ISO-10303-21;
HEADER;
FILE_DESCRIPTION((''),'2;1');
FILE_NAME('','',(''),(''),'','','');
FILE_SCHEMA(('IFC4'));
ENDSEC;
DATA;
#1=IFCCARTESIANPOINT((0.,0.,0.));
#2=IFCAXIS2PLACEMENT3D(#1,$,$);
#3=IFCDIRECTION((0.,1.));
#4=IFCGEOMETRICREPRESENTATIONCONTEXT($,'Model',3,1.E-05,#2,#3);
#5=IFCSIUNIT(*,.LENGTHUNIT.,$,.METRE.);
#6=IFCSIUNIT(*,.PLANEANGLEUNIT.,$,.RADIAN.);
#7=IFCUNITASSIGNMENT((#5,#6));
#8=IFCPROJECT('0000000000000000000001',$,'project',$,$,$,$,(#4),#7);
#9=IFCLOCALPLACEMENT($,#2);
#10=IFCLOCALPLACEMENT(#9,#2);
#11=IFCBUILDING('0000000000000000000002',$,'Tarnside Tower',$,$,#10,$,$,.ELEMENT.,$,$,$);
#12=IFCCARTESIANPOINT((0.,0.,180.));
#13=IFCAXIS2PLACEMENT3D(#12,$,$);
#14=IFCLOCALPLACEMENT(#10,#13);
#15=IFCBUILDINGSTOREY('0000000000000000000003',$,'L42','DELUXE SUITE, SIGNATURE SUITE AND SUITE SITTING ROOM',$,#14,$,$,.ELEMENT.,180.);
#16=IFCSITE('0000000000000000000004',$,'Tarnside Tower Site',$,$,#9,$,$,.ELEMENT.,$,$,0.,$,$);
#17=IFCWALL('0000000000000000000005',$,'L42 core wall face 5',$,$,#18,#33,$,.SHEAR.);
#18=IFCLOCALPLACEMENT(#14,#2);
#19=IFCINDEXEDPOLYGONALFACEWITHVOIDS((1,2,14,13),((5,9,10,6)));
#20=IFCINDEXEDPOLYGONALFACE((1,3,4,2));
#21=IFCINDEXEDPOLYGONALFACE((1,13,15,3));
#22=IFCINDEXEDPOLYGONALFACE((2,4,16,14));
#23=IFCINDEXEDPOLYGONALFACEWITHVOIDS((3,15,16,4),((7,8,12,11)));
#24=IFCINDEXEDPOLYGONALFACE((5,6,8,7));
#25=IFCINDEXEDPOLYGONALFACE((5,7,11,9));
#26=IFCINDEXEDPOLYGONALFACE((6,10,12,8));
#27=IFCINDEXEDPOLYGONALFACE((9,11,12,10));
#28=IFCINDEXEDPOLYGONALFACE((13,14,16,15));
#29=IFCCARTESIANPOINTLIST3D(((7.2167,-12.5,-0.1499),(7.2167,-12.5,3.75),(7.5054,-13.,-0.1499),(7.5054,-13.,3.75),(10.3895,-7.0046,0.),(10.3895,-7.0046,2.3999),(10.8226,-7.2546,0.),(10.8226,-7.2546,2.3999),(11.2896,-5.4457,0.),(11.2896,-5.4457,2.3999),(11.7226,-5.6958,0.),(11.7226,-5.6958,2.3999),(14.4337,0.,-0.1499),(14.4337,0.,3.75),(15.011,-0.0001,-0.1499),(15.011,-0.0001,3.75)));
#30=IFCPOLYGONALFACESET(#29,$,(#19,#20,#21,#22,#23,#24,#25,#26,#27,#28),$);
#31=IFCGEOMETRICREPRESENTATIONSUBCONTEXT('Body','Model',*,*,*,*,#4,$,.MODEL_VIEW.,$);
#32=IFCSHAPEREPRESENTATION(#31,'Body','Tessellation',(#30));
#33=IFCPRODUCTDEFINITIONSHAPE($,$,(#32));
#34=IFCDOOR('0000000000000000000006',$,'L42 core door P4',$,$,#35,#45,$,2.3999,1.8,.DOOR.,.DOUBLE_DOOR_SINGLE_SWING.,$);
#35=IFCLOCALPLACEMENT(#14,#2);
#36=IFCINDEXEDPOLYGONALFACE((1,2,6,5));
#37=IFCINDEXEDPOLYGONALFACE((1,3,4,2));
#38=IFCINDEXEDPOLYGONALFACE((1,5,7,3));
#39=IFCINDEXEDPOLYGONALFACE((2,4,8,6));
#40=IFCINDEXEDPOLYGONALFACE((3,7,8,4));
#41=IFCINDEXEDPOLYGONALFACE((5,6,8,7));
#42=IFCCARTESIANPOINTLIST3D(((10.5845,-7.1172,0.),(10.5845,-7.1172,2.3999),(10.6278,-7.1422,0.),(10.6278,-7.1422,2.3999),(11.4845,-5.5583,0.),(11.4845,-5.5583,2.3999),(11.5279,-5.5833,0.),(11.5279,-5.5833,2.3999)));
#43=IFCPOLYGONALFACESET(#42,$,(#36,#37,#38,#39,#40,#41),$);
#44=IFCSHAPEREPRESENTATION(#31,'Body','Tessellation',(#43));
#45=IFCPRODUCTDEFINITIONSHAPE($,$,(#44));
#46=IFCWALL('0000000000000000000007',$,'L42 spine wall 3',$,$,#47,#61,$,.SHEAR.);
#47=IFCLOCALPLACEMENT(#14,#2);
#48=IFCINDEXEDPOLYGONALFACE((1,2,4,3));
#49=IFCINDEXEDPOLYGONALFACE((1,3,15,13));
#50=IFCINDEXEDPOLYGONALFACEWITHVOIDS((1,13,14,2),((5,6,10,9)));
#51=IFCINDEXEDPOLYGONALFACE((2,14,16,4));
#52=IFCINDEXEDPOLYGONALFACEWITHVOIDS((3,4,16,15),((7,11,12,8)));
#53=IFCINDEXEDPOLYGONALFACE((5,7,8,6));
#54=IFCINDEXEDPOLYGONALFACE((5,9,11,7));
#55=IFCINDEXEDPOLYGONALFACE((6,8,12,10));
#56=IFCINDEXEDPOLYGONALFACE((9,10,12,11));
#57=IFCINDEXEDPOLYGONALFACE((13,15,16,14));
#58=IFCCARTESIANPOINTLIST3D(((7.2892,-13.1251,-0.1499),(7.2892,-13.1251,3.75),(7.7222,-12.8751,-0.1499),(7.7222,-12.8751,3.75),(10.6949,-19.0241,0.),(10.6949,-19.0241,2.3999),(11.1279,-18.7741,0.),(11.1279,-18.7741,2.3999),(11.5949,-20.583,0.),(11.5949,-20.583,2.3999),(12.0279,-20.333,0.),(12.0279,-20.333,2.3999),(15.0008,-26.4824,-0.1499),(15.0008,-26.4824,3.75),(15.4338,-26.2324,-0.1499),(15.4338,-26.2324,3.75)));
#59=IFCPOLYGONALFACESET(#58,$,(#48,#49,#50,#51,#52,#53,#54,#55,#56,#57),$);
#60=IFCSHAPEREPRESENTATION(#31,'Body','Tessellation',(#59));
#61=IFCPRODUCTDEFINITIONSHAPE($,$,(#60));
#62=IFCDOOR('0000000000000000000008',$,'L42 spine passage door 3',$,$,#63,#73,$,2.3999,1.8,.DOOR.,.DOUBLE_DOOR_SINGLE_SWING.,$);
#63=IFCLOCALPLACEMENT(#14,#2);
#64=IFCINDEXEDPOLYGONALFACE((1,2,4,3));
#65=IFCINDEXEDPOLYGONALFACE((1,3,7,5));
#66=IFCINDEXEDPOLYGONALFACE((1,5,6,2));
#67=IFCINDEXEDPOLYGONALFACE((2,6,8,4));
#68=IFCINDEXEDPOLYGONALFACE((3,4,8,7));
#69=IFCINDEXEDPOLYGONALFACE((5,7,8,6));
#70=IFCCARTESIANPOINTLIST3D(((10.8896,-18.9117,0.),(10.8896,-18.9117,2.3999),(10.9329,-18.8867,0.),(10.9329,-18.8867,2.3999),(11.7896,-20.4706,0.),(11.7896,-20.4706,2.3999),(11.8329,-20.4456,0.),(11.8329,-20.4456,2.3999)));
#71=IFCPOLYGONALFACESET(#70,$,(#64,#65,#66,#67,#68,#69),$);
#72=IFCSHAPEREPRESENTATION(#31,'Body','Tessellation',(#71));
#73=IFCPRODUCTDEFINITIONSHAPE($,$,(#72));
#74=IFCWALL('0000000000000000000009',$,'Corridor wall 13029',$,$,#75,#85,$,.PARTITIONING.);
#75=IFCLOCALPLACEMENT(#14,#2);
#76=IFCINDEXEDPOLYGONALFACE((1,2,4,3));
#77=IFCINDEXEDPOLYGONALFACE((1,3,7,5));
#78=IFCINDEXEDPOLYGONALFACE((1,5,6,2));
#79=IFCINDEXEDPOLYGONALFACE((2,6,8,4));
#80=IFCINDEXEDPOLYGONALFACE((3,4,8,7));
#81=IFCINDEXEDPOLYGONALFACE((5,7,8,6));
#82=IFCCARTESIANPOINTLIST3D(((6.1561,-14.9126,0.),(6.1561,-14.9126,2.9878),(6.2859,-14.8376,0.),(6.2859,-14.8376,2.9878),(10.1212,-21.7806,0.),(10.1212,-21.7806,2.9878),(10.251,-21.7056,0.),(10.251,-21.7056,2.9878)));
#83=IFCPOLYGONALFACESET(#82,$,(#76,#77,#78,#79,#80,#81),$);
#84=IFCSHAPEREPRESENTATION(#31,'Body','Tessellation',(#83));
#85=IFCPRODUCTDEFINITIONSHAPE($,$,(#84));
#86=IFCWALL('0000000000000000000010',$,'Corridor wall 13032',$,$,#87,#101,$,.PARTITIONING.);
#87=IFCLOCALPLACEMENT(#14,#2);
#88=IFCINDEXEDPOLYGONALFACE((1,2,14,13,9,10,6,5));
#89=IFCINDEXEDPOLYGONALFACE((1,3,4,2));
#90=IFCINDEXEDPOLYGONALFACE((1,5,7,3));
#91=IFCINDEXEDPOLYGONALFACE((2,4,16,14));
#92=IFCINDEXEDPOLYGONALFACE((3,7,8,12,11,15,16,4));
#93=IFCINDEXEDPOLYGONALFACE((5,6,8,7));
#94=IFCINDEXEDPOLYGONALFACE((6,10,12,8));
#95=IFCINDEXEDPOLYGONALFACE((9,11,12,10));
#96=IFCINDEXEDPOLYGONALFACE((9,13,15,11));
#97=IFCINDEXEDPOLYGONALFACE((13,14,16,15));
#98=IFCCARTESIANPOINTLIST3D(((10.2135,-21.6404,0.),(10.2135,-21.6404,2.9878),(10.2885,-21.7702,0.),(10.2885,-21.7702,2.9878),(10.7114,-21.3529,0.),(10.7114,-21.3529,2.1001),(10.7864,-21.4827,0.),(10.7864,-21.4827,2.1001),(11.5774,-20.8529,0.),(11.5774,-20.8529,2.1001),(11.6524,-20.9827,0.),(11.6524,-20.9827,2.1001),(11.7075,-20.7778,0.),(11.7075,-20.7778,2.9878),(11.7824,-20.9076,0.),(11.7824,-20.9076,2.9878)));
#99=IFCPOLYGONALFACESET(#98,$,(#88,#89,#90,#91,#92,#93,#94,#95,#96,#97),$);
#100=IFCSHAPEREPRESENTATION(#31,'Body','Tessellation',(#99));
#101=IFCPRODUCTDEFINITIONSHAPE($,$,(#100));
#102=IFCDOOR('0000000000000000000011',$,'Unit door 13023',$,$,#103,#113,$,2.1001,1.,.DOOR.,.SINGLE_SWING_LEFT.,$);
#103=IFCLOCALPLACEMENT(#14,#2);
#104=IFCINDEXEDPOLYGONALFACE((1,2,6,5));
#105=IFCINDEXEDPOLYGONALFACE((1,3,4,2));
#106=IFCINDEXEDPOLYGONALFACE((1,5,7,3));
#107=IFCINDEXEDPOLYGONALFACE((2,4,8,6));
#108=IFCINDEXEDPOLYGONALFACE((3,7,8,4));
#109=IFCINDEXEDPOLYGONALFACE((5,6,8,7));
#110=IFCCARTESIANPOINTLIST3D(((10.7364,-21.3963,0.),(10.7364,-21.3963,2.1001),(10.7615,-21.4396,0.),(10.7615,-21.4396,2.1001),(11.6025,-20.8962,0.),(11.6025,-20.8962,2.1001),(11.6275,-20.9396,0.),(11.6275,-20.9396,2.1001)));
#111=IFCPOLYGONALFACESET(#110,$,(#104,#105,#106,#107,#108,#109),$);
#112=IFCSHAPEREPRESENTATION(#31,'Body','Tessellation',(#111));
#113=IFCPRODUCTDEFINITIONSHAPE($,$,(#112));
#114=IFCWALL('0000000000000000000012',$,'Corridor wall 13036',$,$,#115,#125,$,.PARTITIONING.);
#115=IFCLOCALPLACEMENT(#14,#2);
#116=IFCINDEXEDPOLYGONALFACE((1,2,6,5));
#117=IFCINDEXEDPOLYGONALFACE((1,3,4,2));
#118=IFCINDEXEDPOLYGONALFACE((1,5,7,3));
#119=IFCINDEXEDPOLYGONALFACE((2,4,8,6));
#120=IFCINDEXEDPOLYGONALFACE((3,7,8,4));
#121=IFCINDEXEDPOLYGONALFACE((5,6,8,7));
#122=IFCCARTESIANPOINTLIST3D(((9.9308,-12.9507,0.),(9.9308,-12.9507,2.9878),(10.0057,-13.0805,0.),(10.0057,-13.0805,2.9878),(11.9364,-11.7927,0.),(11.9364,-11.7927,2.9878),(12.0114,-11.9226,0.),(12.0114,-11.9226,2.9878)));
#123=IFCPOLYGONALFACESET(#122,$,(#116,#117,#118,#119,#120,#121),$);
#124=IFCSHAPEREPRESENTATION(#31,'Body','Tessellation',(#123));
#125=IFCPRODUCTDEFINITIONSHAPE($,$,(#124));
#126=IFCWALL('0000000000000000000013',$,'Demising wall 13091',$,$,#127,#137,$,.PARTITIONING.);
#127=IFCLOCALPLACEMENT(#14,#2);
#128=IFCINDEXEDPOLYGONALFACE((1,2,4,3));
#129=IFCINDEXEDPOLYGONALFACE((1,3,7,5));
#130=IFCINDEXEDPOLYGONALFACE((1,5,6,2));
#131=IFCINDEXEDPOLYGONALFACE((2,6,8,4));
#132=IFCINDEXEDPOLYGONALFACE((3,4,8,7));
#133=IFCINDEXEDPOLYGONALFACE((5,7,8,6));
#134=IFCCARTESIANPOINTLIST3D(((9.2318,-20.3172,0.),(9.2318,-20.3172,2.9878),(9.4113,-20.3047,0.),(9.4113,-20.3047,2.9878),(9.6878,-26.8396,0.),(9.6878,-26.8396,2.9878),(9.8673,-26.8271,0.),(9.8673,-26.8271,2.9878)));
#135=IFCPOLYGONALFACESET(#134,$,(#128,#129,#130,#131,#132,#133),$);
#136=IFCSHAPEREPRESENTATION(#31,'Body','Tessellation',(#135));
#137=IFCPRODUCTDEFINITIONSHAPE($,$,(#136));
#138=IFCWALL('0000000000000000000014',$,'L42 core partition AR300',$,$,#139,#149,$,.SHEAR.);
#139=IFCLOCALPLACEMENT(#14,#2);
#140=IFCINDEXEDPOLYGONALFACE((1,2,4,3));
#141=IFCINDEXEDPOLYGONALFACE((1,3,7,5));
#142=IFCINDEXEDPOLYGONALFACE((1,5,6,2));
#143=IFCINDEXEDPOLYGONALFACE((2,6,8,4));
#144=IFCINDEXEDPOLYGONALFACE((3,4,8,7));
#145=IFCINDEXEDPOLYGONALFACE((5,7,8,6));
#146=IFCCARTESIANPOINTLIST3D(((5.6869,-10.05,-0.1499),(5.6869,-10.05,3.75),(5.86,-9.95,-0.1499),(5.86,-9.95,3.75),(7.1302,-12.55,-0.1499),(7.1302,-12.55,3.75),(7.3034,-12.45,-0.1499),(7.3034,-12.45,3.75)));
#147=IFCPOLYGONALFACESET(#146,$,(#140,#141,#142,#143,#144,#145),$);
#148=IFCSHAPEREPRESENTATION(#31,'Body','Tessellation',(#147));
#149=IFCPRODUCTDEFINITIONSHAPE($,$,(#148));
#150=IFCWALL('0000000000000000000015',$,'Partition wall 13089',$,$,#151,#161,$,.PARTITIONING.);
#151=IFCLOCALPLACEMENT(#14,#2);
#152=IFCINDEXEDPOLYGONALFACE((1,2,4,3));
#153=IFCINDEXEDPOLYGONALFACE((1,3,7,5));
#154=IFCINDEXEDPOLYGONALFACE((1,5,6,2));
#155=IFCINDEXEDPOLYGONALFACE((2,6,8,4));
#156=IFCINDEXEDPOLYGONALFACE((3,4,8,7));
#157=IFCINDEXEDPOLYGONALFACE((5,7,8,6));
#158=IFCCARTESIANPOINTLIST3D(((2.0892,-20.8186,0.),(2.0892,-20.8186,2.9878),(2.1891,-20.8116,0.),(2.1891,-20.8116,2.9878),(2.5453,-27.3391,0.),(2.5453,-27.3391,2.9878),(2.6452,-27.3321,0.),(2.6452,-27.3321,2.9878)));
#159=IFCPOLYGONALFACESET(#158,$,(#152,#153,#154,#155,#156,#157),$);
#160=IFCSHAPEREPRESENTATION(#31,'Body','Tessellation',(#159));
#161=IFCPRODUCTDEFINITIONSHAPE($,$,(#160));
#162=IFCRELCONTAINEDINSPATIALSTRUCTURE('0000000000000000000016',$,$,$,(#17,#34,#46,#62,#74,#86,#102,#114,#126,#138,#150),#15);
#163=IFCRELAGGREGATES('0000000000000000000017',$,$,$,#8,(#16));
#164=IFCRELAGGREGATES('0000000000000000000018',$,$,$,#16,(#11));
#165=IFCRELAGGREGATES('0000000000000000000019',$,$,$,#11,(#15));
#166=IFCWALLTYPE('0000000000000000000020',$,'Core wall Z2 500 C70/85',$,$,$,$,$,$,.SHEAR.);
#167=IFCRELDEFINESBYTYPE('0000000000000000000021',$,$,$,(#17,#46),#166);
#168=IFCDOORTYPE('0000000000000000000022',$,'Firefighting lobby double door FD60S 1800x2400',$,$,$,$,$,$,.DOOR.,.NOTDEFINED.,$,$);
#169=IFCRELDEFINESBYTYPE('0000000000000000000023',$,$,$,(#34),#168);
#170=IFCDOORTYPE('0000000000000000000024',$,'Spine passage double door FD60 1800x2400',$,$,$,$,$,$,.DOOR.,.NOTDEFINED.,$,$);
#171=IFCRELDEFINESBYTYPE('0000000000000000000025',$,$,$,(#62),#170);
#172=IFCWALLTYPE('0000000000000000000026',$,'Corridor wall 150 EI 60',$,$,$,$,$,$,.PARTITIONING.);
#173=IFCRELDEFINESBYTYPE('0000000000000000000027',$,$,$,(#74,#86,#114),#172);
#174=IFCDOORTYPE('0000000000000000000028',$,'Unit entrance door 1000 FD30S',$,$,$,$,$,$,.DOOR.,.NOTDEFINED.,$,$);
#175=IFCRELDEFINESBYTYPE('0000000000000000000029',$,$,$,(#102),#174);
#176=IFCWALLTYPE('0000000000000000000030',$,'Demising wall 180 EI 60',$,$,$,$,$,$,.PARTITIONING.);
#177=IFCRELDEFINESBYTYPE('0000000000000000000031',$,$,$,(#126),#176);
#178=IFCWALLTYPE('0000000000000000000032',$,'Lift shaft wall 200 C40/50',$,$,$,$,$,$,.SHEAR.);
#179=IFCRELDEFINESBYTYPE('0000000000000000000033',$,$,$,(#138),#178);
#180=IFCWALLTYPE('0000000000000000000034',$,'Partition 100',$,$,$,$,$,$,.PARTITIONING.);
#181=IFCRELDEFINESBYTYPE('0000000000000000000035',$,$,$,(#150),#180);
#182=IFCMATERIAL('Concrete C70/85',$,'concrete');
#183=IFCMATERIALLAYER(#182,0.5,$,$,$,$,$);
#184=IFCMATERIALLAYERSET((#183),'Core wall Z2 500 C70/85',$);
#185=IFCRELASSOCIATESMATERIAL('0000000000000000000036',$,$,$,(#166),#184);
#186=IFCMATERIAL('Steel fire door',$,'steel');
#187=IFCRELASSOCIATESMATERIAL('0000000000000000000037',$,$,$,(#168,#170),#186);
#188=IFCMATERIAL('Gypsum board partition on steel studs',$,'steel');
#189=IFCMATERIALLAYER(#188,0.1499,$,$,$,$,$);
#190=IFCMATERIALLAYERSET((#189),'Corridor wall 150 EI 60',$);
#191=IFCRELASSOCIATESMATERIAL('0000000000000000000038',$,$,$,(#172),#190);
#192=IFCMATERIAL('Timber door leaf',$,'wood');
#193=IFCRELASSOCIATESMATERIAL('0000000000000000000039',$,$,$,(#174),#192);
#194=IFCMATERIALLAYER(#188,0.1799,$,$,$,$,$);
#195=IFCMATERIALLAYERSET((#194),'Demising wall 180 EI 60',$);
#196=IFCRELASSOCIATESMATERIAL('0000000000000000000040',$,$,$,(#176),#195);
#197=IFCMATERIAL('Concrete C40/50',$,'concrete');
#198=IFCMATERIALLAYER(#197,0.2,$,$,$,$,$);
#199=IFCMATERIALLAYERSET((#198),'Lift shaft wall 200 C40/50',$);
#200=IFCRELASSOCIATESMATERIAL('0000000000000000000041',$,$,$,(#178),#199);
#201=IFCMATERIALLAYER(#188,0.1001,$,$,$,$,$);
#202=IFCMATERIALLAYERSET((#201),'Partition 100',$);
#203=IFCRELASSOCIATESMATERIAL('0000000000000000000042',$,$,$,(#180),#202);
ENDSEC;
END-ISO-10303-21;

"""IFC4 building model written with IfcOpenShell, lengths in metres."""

from ifc_helpers import new_model, si_unit, direction, frame, frame_2d, origin, place, context, subcontext, project, spatial, polyline, rectangle, outline, extrude, material, layer, layer_set, type_object, element, fill, save


model = new_model("IFC4")

# Units and contexts
model_context = context("Model", 3, precision=1e-05, world=origin(), true_north=direction((0.0, 1.0)))
body_context = subcontext(model_context, "Body", "Model", "MODEL_VIEW")
ifc_project = project(units=[si_unit("LENGTHUNIT", "METRE"), si_unit("PLANEANGLEUNIT", "RADIAN")], contexts=[model_context])

# Site, building, storey
site_placement = place(None, origin())
site = spatial("IfcSite", under=ifc_project, at=site_placement, Name="Tarnside Tower Site", CompositionType="ELEMENT", RefElevation=0.0)
building_placement = place(site_placement, origin())
building = spatial("IfcBuilding", under=site, at=building_placement, Name="Tarnside Tower", CompositionType="ELEMENT")
storey_placement = place(building_placement, frame((0.0, 0.0, 180.0)))
storey = spatial("IfcBuildingStorey", under=building, at=storey_placement, Name="L42", Description="DELUXE SUITE, SIGNATURE SUITE AND SUITE SITTING ROOM", CompositionType="ELEMENT", Elevation=180.0)

# Shared definitions
ifc_material_1 = material(Name="Gypsum board partition on steel studs", Category="steel")
ifc_material_2 = material(Name="Timber door leaf", Category="wood")

# Walls, openings, doors
ifc_material_3 = material(Name="Concrete C70/85", Category="concrete")
ifc_layer_1 = layer(ifc_material_3, 0.5)
ifc_layer_set_1 = layer_set([ifc_layer_1], Name="Core wall Z2 500 C70/85")
wall_type_1 = type_object("IfcWallType", Name="Core wall Z2 500 C70/85", PredefinedType="SHEAR", material=ifc_layer_set_1)
wall_1_placement = place(storey_placement, frame((7.3611, -12.75, -0.1499), z_axis=(0.0, 0.0, 1.0), x_axis=(0.500006, 0.866022, 0.0)))
wall_1 = element("IfcWall", 1, at=wall_1_placement, inside=storey, type_object=wall_type_1, Name="L42 core wall face 5", PredefinedType="SHEAR", context=body_context, shape_type="SweptSolid", body=[
    extrude(outline(polyline([(-0.1443, -0.25), (14.8667, -0.25), (14.5781, 0.25), (0.1443, 0.25), (-0.1443, -0.25)])), origin(), (0.0, 0.0, 1.0), 3.8999),
])
opening_1_placement = place(wall_1_placement, frame((6.49, 0.0, 0.1499)))
opening_1 = element("IfcOpeningElement", 2, at=opening_1_placement, cuts=wall_1, PredefinedType="OPENING", context=body_context, shape_type="SweptSolid", body=[
    extrude(rectangle(XDim=1.8, YDim=2.3999, at=frame_2d((0.8999, 1.2))), frame((0.0, 0.26, 0.0), z_axis=(0.0, -1.0, 0.0), x_axis=(1.0, 0.0, 0.0)), (0.0, 0.0, 1.0), 0.52),
])
ifc_material_4 = material(Name="Steel fire door", Category="steel")
door_type_1 = type_object("IfcDoorType", Name="Firefighting lobby double door FD60S 1800x2400", OperationType="NOTDEFINED", PredefinedType="DOOR", material=ifc_material_4)
door_1_placement = place(opening_1_placement, origin())
door_1 = element("IfcDoor", 3, at=door_1_placement, inside=storey, type_object=door_type_1, Name="L42 core door P4", OperationType="DOUBLE_DOOR_SINGLE_SWING", OverallHeight=2.3999, OverallWidth=1.8, PredefinedType="DOOR", context=body_context, shape_type="SweptSolid", body=[
    extrude(rectangle(XDim=1.8, YDim=2.3999, at=frame_2d((0.8999, 1.2))), frame((0.0, 0.0249, 0.0), z_axis=(0.0, -1.0, 0.0), x_axis=(1.0, 0.0, 0.0)), (0.0, 0.0, 1.0), 0.05),
])
fill(opening_1, door_1)
wall_2_placement = place(storey_placement, frame((7.5056, -13.0, -0.1499), z_axis=(0.0, 0.0, 1.0), x_axis=(0.499988, -0.866032, 0.0)))
wall_2 = element("IfcWall", 4, at=wall_2_placement, inside=storey, type_object=wall_type_1, Name="L42 spine wall 3", PredefinedType="SHEAR", context=body_context, shape_type="SweptSolid", body=[
    extrude(rectangle(XDim=15.4236, YDim=0.5, at=frame_2d((7.7119, 0.0))), origin(), (0.0, 0.0, 1.0), 3.8999),
])
opening_2_placement = place(wall_2_placement, frame((6.8118, 0.0, 0.1499)))
opening_2 = element("IfcOpeningElement", 5, at=opening_2_placement, cuts=wall_2, PredefinedType="OPENING", context=body_context, shape_type="SweptSolid", body=[
    extrude(rectangle(XDim=1.8, YDim=2.3999, at=frame_2d((0.8999, 1.2))), frame((0.0, 0.26, 0.0), z_axis=(0.0, -1.0, 0.0), x_axis=(1.0, 0.0, 0.0)), (0.0, 0.0, 1.0), 0.52),
])
door_type_2 = type_object("IfcDoorType", Name="Spine passage double door FD60 1800x2400", OperationType="NOTDEFINED", PredefinedType="DOOR", material=ifc_material_4)
door_2_placement = place(opening_2_placement, origin())
door_2 = element("IfcDoor", 6, at=door_2_placement, inside=storey, type_object=door_type_2, Name="L42 spine passage door 3", OperationType="DOUBLE_DOOR_SINGLE_SWING", OverallHeight=2.3999, OverallWidth=1.8, PredefinedType="DOOR", context=body_context, shape_type="SweptSolid", body=[
    extrude(rectangle(XDim=1.8, YDim=2.3999, at=frame_2d((0.8999, 1.2))), frame((0.0, 0.0249, 0.0), z_axis=(0.0, -1.0, 0.0), x_axis=(1.0, 0.0, 0.0)), (0.0, 0.0, 1.0), 0.05),
])
fill(opening_2, door_2)

# Wall
ifc_layer_2 = layer(ifc_material_1, 0.1499)
ifc_layer_set_2 = layer_set([ifc_layer_2], Name="Corridor wall 150 EI 60")
wall_type_2 = type_object("IfcWallType", Name="Corridor wall 150 EI 60", PredefinedType="PARTITIONING", material=ifc_layer_set_2)
wall_3_placement = place(storey_placement, frame((6.2209, -14.875, 0.0), z_axis=(0.0, 0.0, 1.0), x_axis=(0.49999, -0.866031, 0.0)))
element("IfcWall", 7, at=wall_3_placement, inside=storey, type_object=wall_type_2, Name="Corridor wall 13029", PredefinedType="PARTITIONING", context=body_context, shape_type="SweptSolid", body=[
    extrude(rectangle(XDim=7.9304, YDim=0.1499, at=frame_2d((3.9653, 0.0))), origin(), (0.0, 0.0, 1.0), 2.9878),
])

# Wall, opening, door
wall_4_placement = place(storey_placement, frame((10.251, -21.7053, 0.0), z_axis=(0.0, 0.0, 1.0), x_axis=(0.866014, 0.500021, 0.0)))
wall_4 = element("IfcWall", 8, at=wall_4_placement, inside=storey, type_object=wall_type_2, Name="Corridor wall 13032", PredefinedType="PARTITIONING", context=body_context, shape_type="SweptSolid", body=[
    extrude(rectangle(XDim=1.7251, YDim=0.1499, at=frame_2d((0.8625, 0.0))), origin(), (0.0, 0.0, 1.0), 2.9878),
])
opening_3_placement = place(wall_4_placement, frame((0.575, 0.0, 0.0)))
opening_3 = element("IfcOpeningElement", 9, at=opening_3_placement, cuts=wall_4, PredefinedType="OPENING", context=body_context, shape_type="SweptSolid", body=[
    extrude(rectangle(XDim=1.0, YDim=2.1001, at=frame_2d((0.5, 1.05))), frame((0.0, 0.085, 0.0), z_axis=(0.0, -1.0, 0.0), x_axis=(1.0, 0.0, 0.0)), (0.0, 0.0, 1.0), 0.1699),
])
door_type_3 = type_object("IfcDoorType", Name="Unit entrance door 1000 FD30S", OperationType="NOTDEFINED", PredefinedType="DOOR", material=ifc_material_2)
door_3_placement = place(opening_3_placement, origin())
door_3 = element("IfcDoor", 10, at=door_3_placement, inside=storey, type_object=door_type_3, Name="Unit door 13023", OperationType="SINGLE_SWING_LEFT", OverallHeight=2.1001, OverallWidth=1.0, PredefinedType="DOOR", context=body_context, shape_type="SweptSolid", body=[
    extrude(rectangle(XDim=1.0, YDim=2.1001, at=frame_2d((0.5, 1.05))), frame((0.0, 0.0249, 0.0), z_axis=(0.0, -1.0, 0.0), x_axis=(1.0, 0.0, 0.0)), (0.0, 0.0, 1.0), 0.05),
])
fill(opening_3, door_3)

# Walls
wall_5_placement = place(storey_placement, frame((9.9683, -13.0156, 0.0), z_axis=(0.0, 0.0, 1.0), x_axis=(0.866022, 0.500005, 0.0)))
element("IfcWall", 11, at=wall_5_placement, inside=storey, type_object=wall_type_2, Name="Corridor wall 13036", PredefinedType="PARTITIONING", context=body_context, shape_type="SweptSolid", body=[
    extrude(rectangle(XDim=2.3159, YDim=0.1499, at=frame_2d((1.158, 0.0))), origin(), (0.0, 0.0, 1.0), 2.9878),
])
ifc_layer_3 = layer(ifc_material_1, 0.1799)
ifc_layer_set_3 = layer_set([ifc_layer_3], Name="Demising wall 180 EI 60")
wall_type_3 = type_object("IfcWallType", Name="Demising wall 180 EI 60", PredefinedType="PARTITIONING", material=ifc_layer_set_3)
wall_6_placement = place(storey_placement, frame((9.7776, -26.8333, 0.0), z_axis=(0.0, 0.0, 1.0), x_axis=(-0.06975, 0.997564, 0.0)))
element("IfcWall", 12, at=wall_6_placement, inside=storey, type_object=wall_type_3, Name="Demising wall 13091", PredefinedType="PARTITIONING", context=body_context, shape_type="SweptSolid", body=[
    extrude(rectangle(XDim=6.5383, YDim=0.1799, at=frame_2d((3.269, 0.0))), origin(), (0.0, 0.0, 1.0), 2.9878),
])
ifc_material_5 = material(Name="Concrete C40/50", Category="concrete")
ifc_layer_4 = layer(ifc_material_5, 0.2)
ifc_layer_set_4 = layer_set([ifc_layer_4], Name="Lift shaft wall 200 C40/50")
wall_type_4 = type_object("IfcWallType", Name="Lift shaft wall 200 C40/50", PredefinedType="SHEAR", material=ifc_layer_set_4)
wall_7_placement = place(storey_placement, frame((5.7734, -10.0, -0.1499), z_axis=(0.0, 0.0, 1.0), x_axis=(0.499996, -0.866028, 0.0)))
element("IfcWall", 13, at=wall_7_placement, inside=storey, type_object=wall_type_4, Name="L42 core partition AR300", PredefinedType="SHEAR", context=body_context, shape_type="SweptSolid", body=[
    extrude(rectangle(XDim=2.8867, YDim=0.2, at=frame_2d((1.4434, 0.0))), origin(), (0.0, 0.0, 1.0), 3.8999),
])
ifc_layer_5 = layer(ifc_material_1, 0.1001)
ifc_layer_set_5 = layer_set([ifc_layer_5], Name="Partition 100")
wall_type_5 = type_object("IfcWallType", Name="Partition 100", PredefinedType="PARTITIONING", material=ifc_layer_set_5)
wall_8_placement = place(storey_placement, frame((2.5952, -27.3354, 0.0), z_axis=(0.0, 0.0, 1.0), x_axis=(-0.069771, 0.997563, 0.0)))
element("IfcWall", 14, at=wall_8_placement, inside=storey, type_object=wall_type_5, Name="Partition wall 13089", PredefinedType="PARTITIONING", context=body_context, shape_type="SweptSolid", body=[
    extrude(rectangle(XDim=6.5364, YDim=0.1001, at=frame_2d((3.2681, 0.0))), origin(), (0.0, 0.0, 1.0), 2.9878),
])

save(model, "model.ifc")
